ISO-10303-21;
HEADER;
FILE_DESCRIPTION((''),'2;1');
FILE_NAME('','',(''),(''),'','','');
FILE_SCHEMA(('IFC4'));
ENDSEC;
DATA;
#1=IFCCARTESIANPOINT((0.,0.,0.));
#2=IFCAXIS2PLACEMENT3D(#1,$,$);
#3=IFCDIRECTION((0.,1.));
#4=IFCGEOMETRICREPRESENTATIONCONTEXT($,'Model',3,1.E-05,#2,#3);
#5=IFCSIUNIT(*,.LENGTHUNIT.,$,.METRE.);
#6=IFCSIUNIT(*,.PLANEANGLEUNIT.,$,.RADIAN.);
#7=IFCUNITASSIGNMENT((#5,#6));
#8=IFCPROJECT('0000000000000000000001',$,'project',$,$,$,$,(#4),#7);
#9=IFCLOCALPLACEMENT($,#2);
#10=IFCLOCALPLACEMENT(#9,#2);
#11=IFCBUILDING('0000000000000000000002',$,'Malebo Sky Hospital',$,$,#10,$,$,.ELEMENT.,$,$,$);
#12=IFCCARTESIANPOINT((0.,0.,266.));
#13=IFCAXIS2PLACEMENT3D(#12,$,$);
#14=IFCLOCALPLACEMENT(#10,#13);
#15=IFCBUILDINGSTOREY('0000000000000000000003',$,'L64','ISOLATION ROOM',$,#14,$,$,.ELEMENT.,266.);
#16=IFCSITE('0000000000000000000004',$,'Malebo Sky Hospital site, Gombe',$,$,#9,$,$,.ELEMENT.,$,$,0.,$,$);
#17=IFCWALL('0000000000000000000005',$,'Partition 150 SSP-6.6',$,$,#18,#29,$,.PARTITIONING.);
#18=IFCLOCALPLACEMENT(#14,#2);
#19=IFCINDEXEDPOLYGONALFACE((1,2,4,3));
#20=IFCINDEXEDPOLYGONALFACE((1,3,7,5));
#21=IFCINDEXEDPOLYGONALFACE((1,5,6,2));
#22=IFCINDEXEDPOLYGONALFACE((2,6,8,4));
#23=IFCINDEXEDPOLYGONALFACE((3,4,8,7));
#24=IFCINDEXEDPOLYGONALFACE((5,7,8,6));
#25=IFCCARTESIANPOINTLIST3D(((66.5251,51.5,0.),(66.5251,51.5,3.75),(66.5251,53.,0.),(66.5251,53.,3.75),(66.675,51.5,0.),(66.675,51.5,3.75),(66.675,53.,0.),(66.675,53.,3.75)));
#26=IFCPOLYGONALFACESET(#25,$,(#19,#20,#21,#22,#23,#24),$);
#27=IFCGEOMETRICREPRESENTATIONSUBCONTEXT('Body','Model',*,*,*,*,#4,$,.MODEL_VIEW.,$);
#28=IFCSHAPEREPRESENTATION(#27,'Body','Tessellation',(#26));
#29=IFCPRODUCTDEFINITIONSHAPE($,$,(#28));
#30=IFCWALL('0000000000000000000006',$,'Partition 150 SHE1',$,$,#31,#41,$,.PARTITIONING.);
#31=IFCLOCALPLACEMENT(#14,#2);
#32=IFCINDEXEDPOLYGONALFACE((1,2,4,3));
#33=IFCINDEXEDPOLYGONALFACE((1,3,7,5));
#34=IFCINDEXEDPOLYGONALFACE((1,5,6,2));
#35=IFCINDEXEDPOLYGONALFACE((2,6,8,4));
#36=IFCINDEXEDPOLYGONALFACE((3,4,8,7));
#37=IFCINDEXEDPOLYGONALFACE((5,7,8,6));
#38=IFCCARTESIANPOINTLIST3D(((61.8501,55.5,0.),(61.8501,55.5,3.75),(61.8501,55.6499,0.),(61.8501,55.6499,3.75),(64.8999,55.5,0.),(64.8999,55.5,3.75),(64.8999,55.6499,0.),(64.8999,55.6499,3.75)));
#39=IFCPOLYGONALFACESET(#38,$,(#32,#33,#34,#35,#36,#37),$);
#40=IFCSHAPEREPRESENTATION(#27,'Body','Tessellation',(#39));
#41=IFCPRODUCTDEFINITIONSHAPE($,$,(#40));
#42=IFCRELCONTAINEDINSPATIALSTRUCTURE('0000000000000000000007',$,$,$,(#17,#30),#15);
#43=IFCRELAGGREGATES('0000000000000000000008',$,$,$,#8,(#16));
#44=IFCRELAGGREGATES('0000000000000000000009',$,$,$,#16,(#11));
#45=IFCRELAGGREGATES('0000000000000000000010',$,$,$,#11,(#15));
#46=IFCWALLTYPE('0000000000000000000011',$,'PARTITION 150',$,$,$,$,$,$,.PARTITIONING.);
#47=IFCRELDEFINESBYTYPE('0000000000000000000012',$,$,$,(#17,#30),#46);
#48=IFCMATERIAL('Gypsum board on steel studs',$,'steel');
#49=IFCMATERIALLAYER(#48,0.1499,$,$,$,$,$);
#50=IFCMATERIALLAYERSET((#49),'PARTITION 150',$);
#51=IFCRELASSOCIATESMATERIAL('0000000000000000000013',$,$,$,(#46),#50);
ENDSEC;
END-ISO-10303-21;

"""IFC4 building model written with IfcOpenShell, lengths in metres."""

from ifc_helpers import new_model, si_unit, direction, frame, frame_2d, origin, place, context, subcontext, project, spatial, rectangle, extrude, material, layer, layer_set, type_object, element, save


model = new_model("IFC4")

# Units and contexts
model_context = context("Model", 3, precision=1e-05, world=origin(), true_north=direction((0.0, 1.0)))
body_context = subcontext(model_context, "Body", "Model", "MODEL_VIEW")
ifc_project = project(units=[si_unit("LENGTHUNIT", "METRE"), si_unit("PLANEANGLEUNIT", "RADIAN")], contexts=[model_context])

# Site, building, storey
site_placement = place(None, origin())
site = spatial("IfcSite", under=ifc_project, at=site_placement, Name="Malebo Sky Hospital site, Gombe", CompositionType="ELEMENT", RefElevation=0.0)
building_placement = place(site_placement, origin())
building = spatial("IfcBuilding", under=site, at=building_placement, Name="Malebo Sky Hospital", CompositionType="ELEMENT")
storey_placement = place(building_placement, frame((0.0, 0.0, 266.0)))
storey = spatial("IfcBuildingStorey", under=building, at=storey_placement, Name="L64", Description="ISOLATION ROOM", CompositionType="ELEMENT", Elevation=266.0)

# Walls
ifc_material_1 = material(Name="Gypsum board on steel studs", Category="steel")
ifc_layer_1 = layer(ifc_material_1, 0.1499)
ifc_layer_set_1 = layer_set([ifc_layer_1], Name="PARTITION 150")
wall_type_1 = type_object("IfcWallType", Name="PARTITION 150", PredefinedType="PARTITIONING", material=ifc_layer_set_1)
for number, where, z_axis, x_axis, name in (
    (1, (66.6001, 53.0, 0.0), (0.0, 0.0, 1.0), (0.0, -1.0, 0.0), "Partition 150 SSP-6.6"),
):
    element("IfcWall", number, at=place(storey_placement, frame(where, z_axis=z_axis, x_axis=x_axis)), inside=storey, type_object=wall_type_1, Name=name, PredefinedType="PARTITIONING", context=body_context, shape_type="SweptSolid", body=[
        extrude(rectangle(XDim=1.5, YDim=0.1499, at=frame_2d((0.75, 0.0))), origin(), (0.0, 0.0, 1.0), 3.75),
    ])
wall_1_placement = place(storey_placement, frame((61.8501, 55.575, 0.0), z_axis=(0.0, 0.0, 1.0), x_axis=(1.0, 0.0, 0.0)))
element("IfcWall", 2, at=wall_1_placement, inside=storey, type_object=wall_type_1, Name="Partition 150 SHE1", PredefinedType="PARTITIONING", context=body_context, shape_type="SweptSolid", body=[
    extrude(rectangle(XDim=3.0498, YDim=0.1499, at=frame_2d((1.5249, 0.0))), origin(), (0.0, 0.0, 1.0), 3.75),
])

save(model, "model.ifc")
